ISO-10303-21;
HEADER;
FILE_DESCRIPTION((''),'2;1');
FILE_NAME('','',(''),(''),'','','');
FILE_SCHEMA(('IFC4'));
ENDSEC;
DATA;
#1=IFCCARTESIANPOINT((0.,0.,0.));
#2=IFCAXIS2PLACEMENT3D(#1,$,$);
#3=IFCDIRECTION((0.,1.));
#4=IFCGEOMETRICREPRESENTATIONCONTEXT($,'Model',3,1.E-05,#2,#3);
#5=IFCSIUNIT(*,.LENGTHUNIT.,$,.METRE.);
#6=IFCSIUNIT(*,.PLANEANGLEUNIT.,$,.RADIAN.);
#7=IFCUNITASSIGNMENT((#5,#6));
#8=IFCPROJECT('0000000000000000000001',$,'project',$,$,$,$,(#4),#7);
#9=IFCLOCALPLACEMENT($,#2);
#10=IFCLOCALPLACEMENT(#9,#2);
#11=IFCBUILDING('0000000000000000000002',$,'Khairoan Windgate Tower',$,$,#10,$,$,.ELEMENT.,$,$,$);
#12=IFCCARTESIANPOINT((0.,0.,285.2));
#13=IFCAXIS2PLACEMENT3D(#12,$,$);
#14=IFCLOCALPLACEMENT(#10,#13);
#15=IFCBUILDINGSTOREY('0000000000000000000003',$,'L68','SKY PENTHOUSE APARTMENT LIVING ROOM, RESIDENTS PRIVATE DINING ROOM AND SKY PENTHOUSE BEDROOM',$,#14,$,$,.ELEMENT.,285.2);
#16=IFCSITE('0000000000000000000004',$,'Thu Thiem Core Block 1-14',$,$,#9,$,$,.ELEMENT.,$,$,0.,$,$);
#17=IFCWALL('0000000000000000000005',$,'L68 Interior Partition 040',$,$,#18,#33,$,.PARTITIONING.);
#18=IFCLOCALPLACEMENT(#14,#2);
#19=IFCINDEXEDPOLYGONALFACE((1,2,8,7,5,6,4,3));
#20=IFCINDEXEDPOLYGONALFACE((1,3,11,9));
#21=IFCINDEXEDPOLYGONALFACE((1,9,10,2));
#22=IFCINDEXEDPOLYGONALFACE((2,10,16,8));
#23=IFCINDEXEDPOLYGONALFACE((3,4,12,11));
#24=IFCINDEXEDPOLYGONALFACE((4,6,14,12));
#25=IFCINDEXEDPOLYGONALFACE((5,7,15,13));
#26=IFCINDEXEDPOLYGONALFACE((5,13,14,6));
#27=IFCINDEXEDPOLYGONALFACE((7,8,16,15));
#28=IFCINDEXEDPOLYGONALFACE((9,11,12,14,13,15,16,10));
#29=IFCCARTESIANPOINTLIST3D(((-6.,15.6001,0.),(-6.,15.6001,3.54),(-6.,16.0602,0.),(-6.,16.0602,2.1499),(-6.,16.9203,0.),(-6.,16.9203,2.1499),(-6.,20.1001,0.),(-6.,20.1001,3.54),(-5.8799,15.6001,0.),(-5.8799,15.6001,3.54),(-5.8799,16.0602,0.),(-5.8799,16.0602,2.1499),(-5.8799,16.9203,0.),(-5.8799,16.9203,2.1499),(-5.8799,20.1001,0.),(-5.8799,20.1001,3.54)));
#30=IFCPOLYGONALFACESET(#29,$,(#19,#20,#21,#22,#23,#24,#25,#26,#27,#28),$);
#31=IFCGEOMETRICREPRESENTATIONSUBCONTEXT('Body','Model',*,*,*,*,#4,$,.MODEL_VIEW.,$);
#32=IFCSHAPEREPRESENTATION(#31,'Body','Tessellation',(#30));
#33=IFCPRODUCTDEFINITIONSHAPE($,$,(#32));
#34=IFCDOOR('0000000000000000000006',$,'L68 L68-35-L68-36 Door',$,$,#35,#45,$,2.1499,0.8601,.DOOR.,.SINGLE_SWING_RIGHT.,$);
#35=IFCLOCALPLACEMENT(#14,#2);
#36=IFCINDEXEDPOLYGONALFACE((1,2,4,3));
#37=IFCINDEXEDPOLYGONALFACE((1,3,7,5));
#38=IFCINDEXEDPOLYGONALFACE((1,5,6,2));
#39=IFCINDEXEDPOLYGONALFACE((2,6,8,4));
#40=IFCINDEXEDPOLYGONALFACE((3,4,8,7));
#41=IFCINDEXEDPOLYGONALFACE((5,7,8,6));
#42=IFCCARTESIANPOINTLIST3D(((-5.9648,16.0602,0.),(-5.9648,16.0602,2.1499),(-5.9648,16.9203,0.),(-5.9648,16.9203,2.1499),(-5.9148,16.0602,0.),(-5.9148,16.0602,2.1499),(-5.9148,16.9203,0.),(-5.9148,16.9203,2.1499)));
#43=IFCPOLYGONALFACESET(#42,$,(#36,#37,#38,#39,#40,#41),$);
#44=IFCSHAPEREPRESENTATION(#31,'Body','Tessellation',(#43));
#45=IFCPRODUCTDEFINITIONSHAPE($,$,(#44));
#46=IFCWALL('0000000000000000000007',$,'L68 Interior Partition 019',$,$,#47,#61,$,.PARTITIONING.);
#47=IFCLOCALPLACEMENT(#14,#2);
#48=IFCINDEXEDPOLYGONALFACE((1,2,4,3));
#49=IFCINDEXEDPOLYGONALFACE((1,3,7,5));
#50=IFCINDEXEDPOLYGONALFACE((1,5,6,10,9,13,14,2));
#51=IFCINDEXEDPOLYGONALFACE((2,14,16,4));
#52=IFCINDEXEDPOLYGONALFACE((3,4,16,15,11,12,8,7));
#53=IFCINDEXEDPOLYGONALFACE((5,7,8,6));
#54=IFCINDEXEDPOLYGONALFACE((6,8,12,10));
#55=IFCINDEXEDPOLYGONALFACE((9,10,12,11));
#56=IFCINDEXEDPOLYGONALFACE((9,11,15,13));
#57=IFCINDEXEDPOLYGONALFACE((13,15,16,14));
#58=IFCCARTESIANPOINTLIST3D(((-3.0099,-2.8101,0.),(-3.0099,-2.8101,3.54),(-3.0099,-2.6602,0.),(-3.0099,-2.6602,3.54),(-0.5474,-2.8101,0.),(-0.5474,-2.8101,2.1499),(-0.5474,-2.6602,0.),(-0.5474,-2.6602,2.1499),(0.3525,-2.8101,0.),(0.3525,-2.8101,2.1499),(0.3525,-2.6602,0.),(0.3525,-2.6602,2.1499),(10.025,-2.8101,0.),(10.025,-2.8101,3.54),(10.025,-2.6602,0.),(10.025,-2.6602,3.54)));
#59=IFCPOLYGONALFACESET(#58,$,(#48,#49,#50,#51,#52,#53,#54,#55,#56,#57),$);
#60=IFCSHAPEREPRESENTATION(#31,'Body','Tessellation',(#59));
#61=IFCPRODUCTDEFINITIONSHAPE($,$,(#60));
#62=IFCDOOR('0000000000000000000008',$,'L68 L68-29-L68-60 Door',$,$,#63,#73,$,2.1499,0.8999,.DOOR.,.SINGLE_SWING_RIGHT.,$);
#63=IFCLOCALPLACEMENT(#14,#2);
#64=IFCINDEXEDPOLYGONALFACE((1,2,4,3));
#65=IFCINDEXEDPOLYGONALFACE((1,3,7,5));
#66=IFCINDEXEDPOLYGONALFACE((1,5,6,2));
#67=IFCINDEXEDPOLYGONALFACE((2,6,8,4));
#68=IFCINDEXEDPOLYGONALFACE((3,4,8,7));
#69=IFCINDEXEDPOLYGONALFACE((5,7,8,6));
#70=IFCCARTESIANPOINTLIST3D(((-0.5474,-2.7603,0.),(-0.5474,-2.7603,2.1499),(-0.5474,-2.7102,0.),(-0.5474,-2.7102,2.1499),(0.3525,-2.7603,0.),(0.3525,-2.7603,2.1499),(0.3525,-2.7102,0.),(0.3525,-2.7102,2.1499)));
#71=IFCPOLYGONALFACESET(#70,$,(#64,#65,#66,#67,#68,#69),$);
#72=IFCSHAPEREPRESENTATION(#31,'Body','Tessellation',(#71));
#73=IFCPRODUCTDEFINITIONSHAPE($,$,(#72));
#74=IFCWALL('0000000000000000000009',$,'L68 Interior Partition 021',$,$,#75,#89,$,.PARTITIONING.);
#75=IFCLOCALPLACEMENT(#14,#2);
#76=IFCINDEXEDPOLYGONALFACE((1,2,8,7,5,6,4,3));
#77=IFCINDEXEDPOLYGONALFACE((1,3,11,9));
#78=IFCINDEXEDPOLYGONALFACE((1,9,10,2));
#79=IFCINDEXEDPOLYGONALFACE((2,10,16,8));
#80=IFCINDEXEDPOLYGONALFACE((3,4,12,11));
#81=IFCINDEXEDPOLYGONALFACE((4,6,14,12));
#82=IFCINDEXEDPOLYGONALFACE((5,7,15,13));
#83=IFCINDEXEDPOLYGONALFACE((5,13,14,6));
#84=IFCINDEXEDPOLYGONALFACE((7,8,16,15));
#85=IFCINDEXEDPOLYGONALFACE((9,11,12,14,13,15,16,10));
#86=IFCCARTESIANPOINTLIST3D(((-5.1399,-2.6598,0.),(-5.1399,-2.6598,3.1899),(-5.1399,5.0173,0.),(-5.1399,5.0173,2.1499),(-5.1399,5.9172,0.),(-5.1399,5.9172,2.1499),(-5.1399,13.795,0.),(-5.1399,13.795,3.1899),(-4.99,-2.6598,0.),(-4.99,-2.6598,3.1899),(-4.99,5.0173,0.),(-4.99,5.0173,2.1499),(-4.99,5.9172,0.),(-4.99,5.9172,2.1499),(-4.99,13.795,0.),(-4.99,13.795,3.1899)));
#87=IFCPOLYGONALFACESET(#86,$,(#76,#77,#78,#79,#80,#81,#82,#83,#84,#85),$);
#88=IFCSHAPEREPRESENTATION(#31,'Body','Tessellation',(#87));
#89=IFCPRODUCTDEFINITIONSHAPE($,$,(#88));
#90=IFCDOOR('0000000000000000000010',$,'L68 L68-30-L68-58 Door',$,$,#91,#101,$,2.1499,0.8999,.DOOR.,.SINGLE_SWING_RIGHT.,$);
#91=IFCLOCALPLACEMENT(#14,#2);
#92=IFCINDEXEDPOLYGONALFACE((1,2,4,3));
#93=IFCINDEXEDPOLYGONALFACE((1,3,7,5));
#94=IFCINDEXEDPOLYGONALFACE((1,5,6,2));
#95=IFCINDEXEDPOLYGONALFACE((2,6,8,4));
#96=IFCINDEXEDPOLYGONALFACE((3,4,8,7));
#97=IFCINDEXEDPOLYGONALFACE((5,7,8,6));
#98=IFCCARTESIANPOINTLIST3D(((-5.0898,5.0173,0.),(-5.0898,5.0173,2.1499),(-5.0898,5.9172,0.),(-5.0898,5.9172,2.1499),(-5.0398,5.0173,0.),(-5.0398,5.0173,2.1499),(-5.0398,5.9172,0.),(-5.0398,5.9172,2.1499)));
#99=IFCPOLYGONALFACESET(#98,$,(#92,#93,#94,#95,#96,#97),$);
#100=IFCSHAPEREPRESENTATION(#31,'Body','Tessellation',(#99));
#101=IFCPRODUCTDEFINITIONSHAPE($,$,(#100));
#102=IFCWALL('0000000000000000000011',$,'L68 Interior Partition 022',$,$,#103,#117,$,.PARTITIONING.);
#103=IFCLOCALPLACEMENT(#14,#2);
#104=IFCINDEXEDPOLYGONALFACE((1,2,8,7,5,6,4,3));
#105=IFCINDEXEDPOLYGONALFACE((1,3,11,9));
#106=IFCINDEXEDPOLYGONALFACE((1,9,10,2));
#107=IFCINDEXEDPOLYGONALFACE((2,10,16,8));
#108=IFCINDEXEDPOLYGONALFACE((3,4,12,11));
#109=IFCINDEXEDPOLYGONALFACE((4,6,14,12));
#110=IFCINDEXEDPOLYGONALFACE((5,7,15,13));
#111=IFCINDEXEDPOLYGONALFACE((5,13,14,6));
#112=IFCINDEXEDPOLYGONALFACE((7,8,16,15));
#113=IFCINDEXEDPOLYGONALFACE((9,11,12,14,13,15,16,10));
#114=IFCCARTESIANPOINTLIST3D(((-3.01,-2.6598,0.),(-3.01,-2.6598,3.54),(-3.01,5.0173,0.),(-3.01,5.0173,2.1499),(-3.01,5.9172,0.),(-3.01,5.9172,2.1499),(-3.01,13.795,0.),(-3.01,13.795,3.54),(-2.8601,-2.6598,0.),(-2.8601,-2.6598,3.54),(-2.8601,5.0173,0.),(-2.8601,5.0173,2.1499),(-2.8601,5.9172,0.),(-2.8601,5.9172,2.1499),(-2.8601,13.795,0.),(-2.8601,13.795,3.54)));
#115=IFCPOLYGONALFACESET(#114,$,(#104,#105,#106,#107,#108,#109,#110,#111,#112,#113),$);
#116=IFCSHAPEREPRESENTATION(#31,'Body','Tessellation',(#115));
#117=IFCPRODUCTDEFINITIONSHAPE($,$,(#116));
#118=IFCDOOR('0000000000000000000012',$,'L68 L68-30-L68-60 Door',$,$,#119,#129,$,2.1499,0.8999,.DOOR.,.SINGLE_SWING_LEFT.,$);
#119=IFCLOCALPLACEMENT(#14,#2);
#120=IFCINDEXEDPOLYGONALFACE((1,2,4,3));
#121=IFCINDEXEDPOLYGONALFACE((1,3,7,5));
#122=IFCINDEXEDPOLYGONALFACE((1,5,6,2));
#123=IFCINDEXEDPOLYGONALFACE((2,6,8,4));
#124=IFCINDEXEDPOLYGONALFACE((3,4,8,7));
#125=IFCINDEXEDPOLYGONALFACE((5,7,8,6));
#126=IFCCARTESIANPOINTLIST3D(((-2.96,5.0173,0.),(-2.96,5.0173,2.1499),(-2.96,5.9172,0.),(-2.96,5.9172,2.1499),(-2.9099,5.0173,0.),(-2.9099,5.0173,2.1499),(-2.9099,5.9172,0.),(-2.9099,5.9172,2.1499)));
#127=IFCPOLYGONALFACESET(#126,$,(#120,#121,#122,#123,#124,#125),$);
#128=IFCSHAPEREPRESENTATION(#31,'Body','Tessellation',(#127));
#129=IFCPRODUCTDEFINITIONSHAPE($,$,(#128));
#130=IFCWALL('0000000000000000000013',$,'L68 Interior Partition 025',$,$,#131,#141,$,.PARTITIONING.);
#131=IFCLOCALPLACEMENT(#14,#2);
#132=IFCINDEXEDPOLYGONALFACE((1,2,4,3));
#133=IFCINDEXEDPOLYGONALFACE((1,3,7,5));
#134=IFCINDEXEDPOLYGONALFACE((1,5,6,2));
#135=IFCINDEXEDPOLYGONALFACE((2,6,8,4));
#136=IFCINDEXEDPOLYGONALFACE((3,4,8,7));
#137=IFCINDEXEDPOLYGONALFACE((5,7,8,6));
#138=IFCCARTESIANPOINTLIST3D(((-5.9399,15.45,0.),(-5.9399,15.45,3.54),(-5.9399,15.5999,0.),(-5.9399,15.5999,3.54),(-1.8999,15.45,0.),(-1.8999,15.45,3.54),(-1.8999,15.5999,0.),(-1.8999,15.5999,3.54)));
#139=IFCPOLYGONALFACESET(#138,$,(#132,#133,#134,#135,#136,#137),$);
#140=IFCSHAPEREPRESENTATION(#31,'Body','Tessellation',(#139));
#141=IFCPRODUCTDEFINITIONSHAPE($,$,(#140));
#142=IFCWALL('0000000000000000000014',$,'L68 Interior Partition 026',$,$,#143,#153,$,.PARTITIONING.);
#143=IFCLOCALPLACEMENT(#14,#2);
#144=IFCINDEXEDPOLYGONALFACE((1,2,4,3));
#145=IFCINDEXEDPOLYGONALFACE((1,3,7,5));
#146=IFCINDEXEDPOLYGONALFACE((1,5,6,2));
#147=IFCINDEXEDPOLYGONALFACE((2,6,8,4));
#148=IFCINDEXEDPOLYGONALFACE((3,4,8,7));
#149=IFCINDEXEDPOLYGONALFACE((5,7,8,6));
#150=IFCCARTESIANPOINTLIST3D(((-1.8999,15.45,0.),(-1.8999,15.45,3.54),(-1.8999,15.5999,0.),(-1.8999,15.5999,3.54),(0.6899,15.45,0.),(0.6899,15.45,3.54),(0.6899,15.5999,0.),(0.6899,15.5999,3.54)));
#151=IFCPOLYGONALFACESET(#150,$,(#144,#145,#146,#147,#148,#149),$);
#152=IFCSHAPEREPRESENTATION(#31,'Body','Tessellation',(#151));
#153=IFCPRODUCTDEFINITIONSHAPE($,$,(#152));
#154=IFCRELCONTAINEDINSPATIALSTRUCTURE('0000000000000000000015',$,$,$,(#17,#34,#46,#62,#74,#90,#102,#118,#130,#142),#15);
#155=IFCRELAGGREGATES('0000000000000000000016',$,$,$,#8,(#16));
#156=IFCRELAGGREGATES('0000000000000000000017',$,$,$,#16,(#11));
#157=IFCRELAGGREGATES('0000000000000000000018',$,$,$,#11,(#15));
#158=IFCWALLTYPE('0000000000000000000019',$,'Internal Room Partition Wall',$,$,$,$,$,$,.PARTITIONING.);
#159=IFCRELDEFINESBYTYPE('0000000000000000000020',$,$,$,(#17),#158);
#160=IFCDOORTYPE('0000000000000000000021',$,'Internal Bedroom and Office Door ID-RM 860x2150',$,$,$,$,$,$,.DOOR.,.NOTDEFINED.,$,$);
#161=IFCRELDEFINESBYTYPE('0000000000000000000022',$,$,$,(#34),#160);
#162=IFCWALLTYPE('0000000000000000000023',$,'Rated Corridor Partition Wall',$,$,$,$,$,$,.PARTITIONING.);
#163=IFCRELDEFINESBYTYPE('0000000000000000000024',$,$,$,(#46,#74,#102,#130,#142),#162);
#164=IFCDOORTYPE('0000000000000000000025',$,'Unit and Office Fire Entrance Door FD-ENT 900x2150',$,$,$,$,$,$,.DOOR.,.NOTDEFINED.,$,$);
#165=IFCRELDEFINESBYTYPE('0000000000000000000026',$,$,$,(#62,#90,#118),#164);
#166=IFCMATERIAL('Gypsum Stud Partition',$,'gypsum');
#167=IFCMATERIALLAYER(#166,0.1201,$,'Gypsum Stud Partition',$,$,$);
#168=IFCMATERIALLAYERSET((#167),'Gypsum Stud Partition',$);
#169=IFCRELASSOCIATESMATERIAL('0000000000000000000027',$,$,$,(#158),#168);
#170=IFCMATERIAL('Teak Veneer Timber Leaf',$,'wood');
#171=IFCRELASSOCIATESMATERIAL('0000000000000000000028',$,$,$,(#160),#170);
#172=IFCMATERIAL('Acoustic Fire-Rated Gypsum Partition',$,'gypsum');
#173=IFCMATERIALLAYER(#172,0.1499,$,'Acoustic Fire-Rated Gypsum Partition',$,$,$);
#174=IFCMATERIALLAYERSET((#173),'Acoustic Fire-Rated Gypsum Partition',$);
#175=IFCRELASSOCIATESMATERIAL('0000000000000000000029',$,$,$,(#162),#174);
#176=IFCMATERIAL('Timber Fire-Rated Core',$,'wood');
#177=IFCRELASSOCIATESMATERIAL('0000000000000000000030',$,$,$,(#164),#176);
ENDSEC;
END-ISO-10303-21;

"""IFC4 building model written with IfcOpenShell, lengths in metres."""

from ifc_helpers import new_model, si_unit, direction, frame, frame_2d, origin, place, context, subcontext, project, spatial, rectangle, extrude, material, layer, layer_set, type_object, element, fill, save


model = new_model("IFC4")

# Units and contexts
model_context = context("Model", 3, precision=1e-05, world=origin(), true_north=direction((0.0, 1.0)))
body_context = subcontext(model_context, "Body", "Model", "MODEL_VIEW")
ifc_project = project(units=[si_unit("LENGTHUNIT", "METRE"), si_unit("PLANEANGLEUNIT", "RADIAN")], contexts=[model_context])

# Site, building, storey
site_placement = place(None, origin())
site = spatial("IfcSite", under=ifc_project, at=site_placement, Name="Thu Thiem Core Block 1-14", CompositionType="ELEMENT", RefElevation=0.0)
building_placement = place(site_placement, origin())
building = spatial("IfcBuilding", under=site, at=building_placement, Name="Khairoan Windgate Tower", CompositionType="ELEMENT")
storey_placement = place(building_placement, frame((0.0, 0.0, 285.2)))
storey = spatial("IfcBuildingStorey", under=building, at=storey_placement, Name="L68", Description="SKY PENTHOUSE APARTMENT LIVING ROOM, RESIDENTS PRIVATE DINING ROOM AND SKY PENTHOUSE BEDROOM", CompositionType="ELEMENT", Elevation=285.2)

# Walls, openings, doors
ifc_material_1 = material(Name="Gypsum Stud Partition", Category="gypsum")
ifc_layer_1 = layer(ifc_material_1, 0.1201, Name="Gypsum Stud Partition")
ifc_layer_set_1 = layer_set([ifc_layer_1], Name="Gypsum Stud Partition")
wall_type_1 = type_object("IfcWallType", Name="Internal Room Partition Wall", PredefinedType="PARTITIONING", material=ifc_layer_set_1)
wall_1_placement = place(storey_placement, frame((-5.9399, 15.6001, 0.0), z_axis=(0.0, 0.0, 1.0), x_axis=(0.0, 1.0, 0.0)))
wall_1 = element("IfcWall", 1, at=wall_1_placement, inside=storey, type_object=wall_type_1, Name="L68 Interior Partition 040", PredefinedType="PARTITIONING", context=body_context, shape_type="SweptSolid", body=[
    extrude(rectangle(XDim=4.5, YDim=0.1201, at=frame_2d((2.25, 0.0))), origin(), (0.0, 0.0, 1.0), 3.54),
])
opening_1_placement = place(wall_1_placement, frame((0.46, 0.0, 0.0)))
opening_1 = element("IfcOpeningElement", 2, at=opening_1_placement, cuts=wall_1, PredefinedType="OPENING", context=body_context, shape_type="SweptSolid", body=[
    extrude(rectangle(XDim=0.8601, YDim=2.1499, at=frame_2d((0.4302, 1.075))), frame((0.0, 0.0701, 0.0), z_axis=(0.0, -1.0, 0.0), x_axis=(1.0, 0.0, 0.0)), (0.0, 0.0, 1.0), 0.1401),
])
ifc_material_2 = material(Name="Teak Veneer Timber Leaf", Category="wood")
door_type_1 = type_object("IfcDoorType", Name="Internal Bedroom and Office Door ID-RM 860x2150", OperationType="NOTDEFINED", PredefinedType="DOOR", material=ifc_material_2)
door_1_placement = place(opening_1_placement, origin())
door_1 = element("IfcDoor", 3, at=door_1_placement, inside=storey, type_object=door_type_1, Name="L68 L68-35-L68-36 Door", OperationType="SINGLE_SWING_RIGHT", OverallHeight=2.1499, OverallWidth=0.8601, PredefinedType="DOOR", context=body_context, shape_type="SweptSolid", body=[
    extrude(rectangle(XDim=0.8601, YDim=2.1499, at=frame_2d((0.4302, 1.075))), frame((0.0, 0.0249, 0.0), z_axis=(0.0, -1.0, 0.0), x_axis=(1.0, 0.0, 0.0)), (0.0, 0.0, 1.0), 0.05),
])
fill(opening_1, door_1)
ifc_material_3 = material(Name="Acoustic Fire-Rated Gypsum Partition", Category="gypsum")
ifc_layer_2 = layer(ifc_material_3, 0.1499, Name="Acoustic Fire-Rated Gypsum Partition")
ifc_layer_set_2 = layer_set([ifc_layer_2], Name="Acoustic Fire-Rated Gypsum Partition")
wall_type_2 = type_object("IfcWallType", Name="Rated Corridor Partition Wall", PredefinedType="PARTITIONING", material=ifc_layer_set_2)
wall_2_placement = place(storey_placement, frame((-3.01, -2.7351, 0.0), z_axis=(0.0, 0.0, 1.0), x_axis=(1.0, 0.0, 0.0)))
wall_2 = element("IfcWall", 4, at=wall_2_placement, inside=storey, type_object=wall_type_2, Name="L68 Interior Partition 019", PredefinedType="PARTITIONING", context=body_context, shape_type="SweptSolid", body=[
    extrude(rectangle(XDim=13.0349, YDim=0.1499, at=frame_2d((6.5176, 0.0))), origin(), (0.0, 0.0, 1.0), 3.54),
])
opening_2_placement = place(wall_2_placement, frame((2.4626, 0.0, 0.0)))
opening_2 = element("IfcOpeningElement", 5, at=opening_2_placement, cuts=wall_2, PredefinedType="OPENING", context=body_context, shape_type="SweptSolid", body=[
    extrude(rectangle(XDim=0.8999, YDim=2.1499, at=frame_2d((0.45, 1.075))), frame((0.0, 0.085, 0.0), z_axis=(0.0, -1.0, 0.0), x_axis=(1.0, 0.0, 0.0)), (0.0, 0.0, 1.0), 0.1699),
])
ifc_material_4 = material(Name="Timber Fire-Rated Core", Category="wood")
door_type_2 = type_object("IfcDoorType", Name="Unit and Office Fire Entrance Door FD-ENT 900x2150", OperationType="NOTDEFINED", PredefinedType="DOOR", material=ifc_material_4)
door_2_placement = place(opening_2_placement, origin())
door_2 = element("IfcDoor", 6, at=door_2_placement, inside=storey, type_object=door_type_2, Name="L68 L68-29-L68-60 Door", OperationType="SINGLE_SWING_RIGHT", OverallHeight=2.1499, OverallWidth=0.8999, PredefinedType="DOOR", context=body_context, shape_type="SweptSolid", body=[
    extrude(rectangle(XDim=0.8999, YDim=2.1499, at=frame_2d((0.45, 1.075))), frame((0.0, 0.0249, 0.0), z_axis=(0.0, -1.0, 0.0), x_axis=(1.0, 0.0, 0.0)), (0.0, 0.0, 1.0), 0.05),
])
fill(opening_2, door_2)
wall_3_placement = place(storey_placement, frame((-5.0649, -2.6599, 0.0), z_axis=(0.0, 0.0, 1.0), x_axis=(0.0, 1.0, 0.0)))
wall_3 = element("IfcWall", 7, at=wall_3_placement, inside=storey, type_object=wall_type_2, Name="L68 Interior Partition 021", PredefinedType="PARTITIONING", context=body_context, shape_type="SweptSolid", body=[
    extrude(rectangle(XDim=16.4548, YDim=0.1499, at=frame_2d((8.2275, 0.0))), origin(), (0.0, 0.0, 1.0), 3.1899),
])
opening_3_placement = place(wall_3_placement, frame((7.6772, 0.0, 0.0)))
opening_3 = element("IfcOpeningElement", 8, at=opening_3_placement, cuts=wall_3, PredefinedType="OPENING", context=body_context, shape_type="SweptSolid", body=[
    extrude(rectangle(XDim=0.8999, YDim=2.1499, at=frame_2d((0.45, 1.075))), frame((0.0, 0.085, 0.0), z_axis=(0.0, -1.0, 0.0), x_axis=(1.0, 0.0, 0.0)), (0.0, 0.0, 1.0), 0.1699),
])
door_3_placement = place(opening_3_placement, origin())
door_3 = element("IfcDoor", 9, at=door_3_placement, inside=storey, type_object=door_type_2, Name="L68 L68-30-L68-58 Door", OperationType="SINGLE_SWING_RIGHT", OverallHeight=2.1499, OverallWidth=0.8999, PredefinedType="DOOR", context=body_context, shape_type="SweptSolid", body=[
    extrude(rectangle(XDim=0.8999, YDim=2.1499, at=frame_2d((0.45, 1.075))), frame((0.0, 0.0249, 0.0), z_axis=(0.0, -1.0, 0.0), x_axis=(1.0, 0.0, 0.0)), (0.0, 0.0, 1.0), 0.05),
])
fill(opening_3, door_3)
wall_4_placement = place(storey_placement, frame((-2.9351, -2.6599, 0.0), z_axis=(0.0, 0.0, 1.0), x_axis=(0.0, 1.0, 0.0)))
wall_4 = element("IfcWall", 10, at=wall_4_placement, inside=storey, type_object=wall_type_2, Name="L68 Interior Partition 022", PredefinedType="PARTITIONING", context=body_context, shape_type="SweptSolid", body=[
    extrude(rectangle(XDim=16.4548, YDim=0.1499, at=frame_2d((8.2275, 0.0))), origin(), (0.0, 0.0, 1.0), 3.54),
])
opening_4_placement = place(wall_4_placement, frame((7.6772, 0.0, 0.0)))
opening_4 = element("IfcOpeningElement", 11, at=opening_4_placement, cuts=wall_4, PredefinedType="OPENING", context=body_context, shape_type="SweptSolid", body=[
    extrude(rectangle(XDim=0.8999, YDim=2.1499, at=frame_2d((0.45, 1.075))), frame((0.0, 0.085, 0.0), z_axis=(0.0, -1.0, 0.0), x_axis=(1.0, 0.0, 0.0)), (0.0, 0.0, 1.0), 0.1699),
])
door_4_placement = place(opening_4_placement, origin())
door_4 = element("IfcDoor", 12, at=door_4_placement, inside=storey, type_object=door_type_2, Name="L68 L68-30-L68-60 Door", OperationType="SINGLE_SWING_LEFT", OverallHeight=2.1499, OverallWidth=0.8999, PredefinedType="DOOR", context=body_context, shape_type="SweptSolid", body=[
    extrude(rectangle(XDim=0.8999, YDim=2.1499, at=frame_2d((0.45, 1.075))), frame((0.0, 0.0249, 0.0), z_axis=(0.0, -1.0, 0.0), x_axis=(1.0, 0.0, 0.0)), (0.0, 0.0, 1.0), 0.05),
])
fill(opening_4, door_4)

# Walls
wall_5_placement = place(storey_placement, frame((-5.9399, 15.5249, 0.0), z_axis=(0.0, 0.0, 1.0), x_axis=(1.0, 0.0, 0.0)))
element("IfcWall", 13, at=wall_5_placement, inside=storey, type_object=wall_type_2, Name="L68 Interior Partition 025", PredefinedType="PARTITIONING", context=body_context, shape_type="SweptSolid", body=[
    extrude(rectangle(XDim=4.04, YDim=0.1499, at=frame_2d((2.02, 0.0))), origin(), (0.0, 0.0, 1.0), 3.54),
])
wall_6_placement = place(storey_placement, frame((-1.8999, 15.5249, 0.0), z_axis=(0.0, 0.0, 1.0), x_axis=(1.0, 0.0, 0.0)))
element("IfcWall", 14, at=wall_6_placement, inside=storey, type_object=wall_type_2, Name="L68 Interior Partition 026", PredefinedType="PARTITIONING", context=body_context, shape_type="SweptSolid", body=[
    extrude(rectangle(XDim=2.5898, YDim=0.1499, at=frame_2d((1.2949, 0.0))), origin(), (0.0, 0.0, 1.0), 3.54),
])

save(model, "model.ifc")
